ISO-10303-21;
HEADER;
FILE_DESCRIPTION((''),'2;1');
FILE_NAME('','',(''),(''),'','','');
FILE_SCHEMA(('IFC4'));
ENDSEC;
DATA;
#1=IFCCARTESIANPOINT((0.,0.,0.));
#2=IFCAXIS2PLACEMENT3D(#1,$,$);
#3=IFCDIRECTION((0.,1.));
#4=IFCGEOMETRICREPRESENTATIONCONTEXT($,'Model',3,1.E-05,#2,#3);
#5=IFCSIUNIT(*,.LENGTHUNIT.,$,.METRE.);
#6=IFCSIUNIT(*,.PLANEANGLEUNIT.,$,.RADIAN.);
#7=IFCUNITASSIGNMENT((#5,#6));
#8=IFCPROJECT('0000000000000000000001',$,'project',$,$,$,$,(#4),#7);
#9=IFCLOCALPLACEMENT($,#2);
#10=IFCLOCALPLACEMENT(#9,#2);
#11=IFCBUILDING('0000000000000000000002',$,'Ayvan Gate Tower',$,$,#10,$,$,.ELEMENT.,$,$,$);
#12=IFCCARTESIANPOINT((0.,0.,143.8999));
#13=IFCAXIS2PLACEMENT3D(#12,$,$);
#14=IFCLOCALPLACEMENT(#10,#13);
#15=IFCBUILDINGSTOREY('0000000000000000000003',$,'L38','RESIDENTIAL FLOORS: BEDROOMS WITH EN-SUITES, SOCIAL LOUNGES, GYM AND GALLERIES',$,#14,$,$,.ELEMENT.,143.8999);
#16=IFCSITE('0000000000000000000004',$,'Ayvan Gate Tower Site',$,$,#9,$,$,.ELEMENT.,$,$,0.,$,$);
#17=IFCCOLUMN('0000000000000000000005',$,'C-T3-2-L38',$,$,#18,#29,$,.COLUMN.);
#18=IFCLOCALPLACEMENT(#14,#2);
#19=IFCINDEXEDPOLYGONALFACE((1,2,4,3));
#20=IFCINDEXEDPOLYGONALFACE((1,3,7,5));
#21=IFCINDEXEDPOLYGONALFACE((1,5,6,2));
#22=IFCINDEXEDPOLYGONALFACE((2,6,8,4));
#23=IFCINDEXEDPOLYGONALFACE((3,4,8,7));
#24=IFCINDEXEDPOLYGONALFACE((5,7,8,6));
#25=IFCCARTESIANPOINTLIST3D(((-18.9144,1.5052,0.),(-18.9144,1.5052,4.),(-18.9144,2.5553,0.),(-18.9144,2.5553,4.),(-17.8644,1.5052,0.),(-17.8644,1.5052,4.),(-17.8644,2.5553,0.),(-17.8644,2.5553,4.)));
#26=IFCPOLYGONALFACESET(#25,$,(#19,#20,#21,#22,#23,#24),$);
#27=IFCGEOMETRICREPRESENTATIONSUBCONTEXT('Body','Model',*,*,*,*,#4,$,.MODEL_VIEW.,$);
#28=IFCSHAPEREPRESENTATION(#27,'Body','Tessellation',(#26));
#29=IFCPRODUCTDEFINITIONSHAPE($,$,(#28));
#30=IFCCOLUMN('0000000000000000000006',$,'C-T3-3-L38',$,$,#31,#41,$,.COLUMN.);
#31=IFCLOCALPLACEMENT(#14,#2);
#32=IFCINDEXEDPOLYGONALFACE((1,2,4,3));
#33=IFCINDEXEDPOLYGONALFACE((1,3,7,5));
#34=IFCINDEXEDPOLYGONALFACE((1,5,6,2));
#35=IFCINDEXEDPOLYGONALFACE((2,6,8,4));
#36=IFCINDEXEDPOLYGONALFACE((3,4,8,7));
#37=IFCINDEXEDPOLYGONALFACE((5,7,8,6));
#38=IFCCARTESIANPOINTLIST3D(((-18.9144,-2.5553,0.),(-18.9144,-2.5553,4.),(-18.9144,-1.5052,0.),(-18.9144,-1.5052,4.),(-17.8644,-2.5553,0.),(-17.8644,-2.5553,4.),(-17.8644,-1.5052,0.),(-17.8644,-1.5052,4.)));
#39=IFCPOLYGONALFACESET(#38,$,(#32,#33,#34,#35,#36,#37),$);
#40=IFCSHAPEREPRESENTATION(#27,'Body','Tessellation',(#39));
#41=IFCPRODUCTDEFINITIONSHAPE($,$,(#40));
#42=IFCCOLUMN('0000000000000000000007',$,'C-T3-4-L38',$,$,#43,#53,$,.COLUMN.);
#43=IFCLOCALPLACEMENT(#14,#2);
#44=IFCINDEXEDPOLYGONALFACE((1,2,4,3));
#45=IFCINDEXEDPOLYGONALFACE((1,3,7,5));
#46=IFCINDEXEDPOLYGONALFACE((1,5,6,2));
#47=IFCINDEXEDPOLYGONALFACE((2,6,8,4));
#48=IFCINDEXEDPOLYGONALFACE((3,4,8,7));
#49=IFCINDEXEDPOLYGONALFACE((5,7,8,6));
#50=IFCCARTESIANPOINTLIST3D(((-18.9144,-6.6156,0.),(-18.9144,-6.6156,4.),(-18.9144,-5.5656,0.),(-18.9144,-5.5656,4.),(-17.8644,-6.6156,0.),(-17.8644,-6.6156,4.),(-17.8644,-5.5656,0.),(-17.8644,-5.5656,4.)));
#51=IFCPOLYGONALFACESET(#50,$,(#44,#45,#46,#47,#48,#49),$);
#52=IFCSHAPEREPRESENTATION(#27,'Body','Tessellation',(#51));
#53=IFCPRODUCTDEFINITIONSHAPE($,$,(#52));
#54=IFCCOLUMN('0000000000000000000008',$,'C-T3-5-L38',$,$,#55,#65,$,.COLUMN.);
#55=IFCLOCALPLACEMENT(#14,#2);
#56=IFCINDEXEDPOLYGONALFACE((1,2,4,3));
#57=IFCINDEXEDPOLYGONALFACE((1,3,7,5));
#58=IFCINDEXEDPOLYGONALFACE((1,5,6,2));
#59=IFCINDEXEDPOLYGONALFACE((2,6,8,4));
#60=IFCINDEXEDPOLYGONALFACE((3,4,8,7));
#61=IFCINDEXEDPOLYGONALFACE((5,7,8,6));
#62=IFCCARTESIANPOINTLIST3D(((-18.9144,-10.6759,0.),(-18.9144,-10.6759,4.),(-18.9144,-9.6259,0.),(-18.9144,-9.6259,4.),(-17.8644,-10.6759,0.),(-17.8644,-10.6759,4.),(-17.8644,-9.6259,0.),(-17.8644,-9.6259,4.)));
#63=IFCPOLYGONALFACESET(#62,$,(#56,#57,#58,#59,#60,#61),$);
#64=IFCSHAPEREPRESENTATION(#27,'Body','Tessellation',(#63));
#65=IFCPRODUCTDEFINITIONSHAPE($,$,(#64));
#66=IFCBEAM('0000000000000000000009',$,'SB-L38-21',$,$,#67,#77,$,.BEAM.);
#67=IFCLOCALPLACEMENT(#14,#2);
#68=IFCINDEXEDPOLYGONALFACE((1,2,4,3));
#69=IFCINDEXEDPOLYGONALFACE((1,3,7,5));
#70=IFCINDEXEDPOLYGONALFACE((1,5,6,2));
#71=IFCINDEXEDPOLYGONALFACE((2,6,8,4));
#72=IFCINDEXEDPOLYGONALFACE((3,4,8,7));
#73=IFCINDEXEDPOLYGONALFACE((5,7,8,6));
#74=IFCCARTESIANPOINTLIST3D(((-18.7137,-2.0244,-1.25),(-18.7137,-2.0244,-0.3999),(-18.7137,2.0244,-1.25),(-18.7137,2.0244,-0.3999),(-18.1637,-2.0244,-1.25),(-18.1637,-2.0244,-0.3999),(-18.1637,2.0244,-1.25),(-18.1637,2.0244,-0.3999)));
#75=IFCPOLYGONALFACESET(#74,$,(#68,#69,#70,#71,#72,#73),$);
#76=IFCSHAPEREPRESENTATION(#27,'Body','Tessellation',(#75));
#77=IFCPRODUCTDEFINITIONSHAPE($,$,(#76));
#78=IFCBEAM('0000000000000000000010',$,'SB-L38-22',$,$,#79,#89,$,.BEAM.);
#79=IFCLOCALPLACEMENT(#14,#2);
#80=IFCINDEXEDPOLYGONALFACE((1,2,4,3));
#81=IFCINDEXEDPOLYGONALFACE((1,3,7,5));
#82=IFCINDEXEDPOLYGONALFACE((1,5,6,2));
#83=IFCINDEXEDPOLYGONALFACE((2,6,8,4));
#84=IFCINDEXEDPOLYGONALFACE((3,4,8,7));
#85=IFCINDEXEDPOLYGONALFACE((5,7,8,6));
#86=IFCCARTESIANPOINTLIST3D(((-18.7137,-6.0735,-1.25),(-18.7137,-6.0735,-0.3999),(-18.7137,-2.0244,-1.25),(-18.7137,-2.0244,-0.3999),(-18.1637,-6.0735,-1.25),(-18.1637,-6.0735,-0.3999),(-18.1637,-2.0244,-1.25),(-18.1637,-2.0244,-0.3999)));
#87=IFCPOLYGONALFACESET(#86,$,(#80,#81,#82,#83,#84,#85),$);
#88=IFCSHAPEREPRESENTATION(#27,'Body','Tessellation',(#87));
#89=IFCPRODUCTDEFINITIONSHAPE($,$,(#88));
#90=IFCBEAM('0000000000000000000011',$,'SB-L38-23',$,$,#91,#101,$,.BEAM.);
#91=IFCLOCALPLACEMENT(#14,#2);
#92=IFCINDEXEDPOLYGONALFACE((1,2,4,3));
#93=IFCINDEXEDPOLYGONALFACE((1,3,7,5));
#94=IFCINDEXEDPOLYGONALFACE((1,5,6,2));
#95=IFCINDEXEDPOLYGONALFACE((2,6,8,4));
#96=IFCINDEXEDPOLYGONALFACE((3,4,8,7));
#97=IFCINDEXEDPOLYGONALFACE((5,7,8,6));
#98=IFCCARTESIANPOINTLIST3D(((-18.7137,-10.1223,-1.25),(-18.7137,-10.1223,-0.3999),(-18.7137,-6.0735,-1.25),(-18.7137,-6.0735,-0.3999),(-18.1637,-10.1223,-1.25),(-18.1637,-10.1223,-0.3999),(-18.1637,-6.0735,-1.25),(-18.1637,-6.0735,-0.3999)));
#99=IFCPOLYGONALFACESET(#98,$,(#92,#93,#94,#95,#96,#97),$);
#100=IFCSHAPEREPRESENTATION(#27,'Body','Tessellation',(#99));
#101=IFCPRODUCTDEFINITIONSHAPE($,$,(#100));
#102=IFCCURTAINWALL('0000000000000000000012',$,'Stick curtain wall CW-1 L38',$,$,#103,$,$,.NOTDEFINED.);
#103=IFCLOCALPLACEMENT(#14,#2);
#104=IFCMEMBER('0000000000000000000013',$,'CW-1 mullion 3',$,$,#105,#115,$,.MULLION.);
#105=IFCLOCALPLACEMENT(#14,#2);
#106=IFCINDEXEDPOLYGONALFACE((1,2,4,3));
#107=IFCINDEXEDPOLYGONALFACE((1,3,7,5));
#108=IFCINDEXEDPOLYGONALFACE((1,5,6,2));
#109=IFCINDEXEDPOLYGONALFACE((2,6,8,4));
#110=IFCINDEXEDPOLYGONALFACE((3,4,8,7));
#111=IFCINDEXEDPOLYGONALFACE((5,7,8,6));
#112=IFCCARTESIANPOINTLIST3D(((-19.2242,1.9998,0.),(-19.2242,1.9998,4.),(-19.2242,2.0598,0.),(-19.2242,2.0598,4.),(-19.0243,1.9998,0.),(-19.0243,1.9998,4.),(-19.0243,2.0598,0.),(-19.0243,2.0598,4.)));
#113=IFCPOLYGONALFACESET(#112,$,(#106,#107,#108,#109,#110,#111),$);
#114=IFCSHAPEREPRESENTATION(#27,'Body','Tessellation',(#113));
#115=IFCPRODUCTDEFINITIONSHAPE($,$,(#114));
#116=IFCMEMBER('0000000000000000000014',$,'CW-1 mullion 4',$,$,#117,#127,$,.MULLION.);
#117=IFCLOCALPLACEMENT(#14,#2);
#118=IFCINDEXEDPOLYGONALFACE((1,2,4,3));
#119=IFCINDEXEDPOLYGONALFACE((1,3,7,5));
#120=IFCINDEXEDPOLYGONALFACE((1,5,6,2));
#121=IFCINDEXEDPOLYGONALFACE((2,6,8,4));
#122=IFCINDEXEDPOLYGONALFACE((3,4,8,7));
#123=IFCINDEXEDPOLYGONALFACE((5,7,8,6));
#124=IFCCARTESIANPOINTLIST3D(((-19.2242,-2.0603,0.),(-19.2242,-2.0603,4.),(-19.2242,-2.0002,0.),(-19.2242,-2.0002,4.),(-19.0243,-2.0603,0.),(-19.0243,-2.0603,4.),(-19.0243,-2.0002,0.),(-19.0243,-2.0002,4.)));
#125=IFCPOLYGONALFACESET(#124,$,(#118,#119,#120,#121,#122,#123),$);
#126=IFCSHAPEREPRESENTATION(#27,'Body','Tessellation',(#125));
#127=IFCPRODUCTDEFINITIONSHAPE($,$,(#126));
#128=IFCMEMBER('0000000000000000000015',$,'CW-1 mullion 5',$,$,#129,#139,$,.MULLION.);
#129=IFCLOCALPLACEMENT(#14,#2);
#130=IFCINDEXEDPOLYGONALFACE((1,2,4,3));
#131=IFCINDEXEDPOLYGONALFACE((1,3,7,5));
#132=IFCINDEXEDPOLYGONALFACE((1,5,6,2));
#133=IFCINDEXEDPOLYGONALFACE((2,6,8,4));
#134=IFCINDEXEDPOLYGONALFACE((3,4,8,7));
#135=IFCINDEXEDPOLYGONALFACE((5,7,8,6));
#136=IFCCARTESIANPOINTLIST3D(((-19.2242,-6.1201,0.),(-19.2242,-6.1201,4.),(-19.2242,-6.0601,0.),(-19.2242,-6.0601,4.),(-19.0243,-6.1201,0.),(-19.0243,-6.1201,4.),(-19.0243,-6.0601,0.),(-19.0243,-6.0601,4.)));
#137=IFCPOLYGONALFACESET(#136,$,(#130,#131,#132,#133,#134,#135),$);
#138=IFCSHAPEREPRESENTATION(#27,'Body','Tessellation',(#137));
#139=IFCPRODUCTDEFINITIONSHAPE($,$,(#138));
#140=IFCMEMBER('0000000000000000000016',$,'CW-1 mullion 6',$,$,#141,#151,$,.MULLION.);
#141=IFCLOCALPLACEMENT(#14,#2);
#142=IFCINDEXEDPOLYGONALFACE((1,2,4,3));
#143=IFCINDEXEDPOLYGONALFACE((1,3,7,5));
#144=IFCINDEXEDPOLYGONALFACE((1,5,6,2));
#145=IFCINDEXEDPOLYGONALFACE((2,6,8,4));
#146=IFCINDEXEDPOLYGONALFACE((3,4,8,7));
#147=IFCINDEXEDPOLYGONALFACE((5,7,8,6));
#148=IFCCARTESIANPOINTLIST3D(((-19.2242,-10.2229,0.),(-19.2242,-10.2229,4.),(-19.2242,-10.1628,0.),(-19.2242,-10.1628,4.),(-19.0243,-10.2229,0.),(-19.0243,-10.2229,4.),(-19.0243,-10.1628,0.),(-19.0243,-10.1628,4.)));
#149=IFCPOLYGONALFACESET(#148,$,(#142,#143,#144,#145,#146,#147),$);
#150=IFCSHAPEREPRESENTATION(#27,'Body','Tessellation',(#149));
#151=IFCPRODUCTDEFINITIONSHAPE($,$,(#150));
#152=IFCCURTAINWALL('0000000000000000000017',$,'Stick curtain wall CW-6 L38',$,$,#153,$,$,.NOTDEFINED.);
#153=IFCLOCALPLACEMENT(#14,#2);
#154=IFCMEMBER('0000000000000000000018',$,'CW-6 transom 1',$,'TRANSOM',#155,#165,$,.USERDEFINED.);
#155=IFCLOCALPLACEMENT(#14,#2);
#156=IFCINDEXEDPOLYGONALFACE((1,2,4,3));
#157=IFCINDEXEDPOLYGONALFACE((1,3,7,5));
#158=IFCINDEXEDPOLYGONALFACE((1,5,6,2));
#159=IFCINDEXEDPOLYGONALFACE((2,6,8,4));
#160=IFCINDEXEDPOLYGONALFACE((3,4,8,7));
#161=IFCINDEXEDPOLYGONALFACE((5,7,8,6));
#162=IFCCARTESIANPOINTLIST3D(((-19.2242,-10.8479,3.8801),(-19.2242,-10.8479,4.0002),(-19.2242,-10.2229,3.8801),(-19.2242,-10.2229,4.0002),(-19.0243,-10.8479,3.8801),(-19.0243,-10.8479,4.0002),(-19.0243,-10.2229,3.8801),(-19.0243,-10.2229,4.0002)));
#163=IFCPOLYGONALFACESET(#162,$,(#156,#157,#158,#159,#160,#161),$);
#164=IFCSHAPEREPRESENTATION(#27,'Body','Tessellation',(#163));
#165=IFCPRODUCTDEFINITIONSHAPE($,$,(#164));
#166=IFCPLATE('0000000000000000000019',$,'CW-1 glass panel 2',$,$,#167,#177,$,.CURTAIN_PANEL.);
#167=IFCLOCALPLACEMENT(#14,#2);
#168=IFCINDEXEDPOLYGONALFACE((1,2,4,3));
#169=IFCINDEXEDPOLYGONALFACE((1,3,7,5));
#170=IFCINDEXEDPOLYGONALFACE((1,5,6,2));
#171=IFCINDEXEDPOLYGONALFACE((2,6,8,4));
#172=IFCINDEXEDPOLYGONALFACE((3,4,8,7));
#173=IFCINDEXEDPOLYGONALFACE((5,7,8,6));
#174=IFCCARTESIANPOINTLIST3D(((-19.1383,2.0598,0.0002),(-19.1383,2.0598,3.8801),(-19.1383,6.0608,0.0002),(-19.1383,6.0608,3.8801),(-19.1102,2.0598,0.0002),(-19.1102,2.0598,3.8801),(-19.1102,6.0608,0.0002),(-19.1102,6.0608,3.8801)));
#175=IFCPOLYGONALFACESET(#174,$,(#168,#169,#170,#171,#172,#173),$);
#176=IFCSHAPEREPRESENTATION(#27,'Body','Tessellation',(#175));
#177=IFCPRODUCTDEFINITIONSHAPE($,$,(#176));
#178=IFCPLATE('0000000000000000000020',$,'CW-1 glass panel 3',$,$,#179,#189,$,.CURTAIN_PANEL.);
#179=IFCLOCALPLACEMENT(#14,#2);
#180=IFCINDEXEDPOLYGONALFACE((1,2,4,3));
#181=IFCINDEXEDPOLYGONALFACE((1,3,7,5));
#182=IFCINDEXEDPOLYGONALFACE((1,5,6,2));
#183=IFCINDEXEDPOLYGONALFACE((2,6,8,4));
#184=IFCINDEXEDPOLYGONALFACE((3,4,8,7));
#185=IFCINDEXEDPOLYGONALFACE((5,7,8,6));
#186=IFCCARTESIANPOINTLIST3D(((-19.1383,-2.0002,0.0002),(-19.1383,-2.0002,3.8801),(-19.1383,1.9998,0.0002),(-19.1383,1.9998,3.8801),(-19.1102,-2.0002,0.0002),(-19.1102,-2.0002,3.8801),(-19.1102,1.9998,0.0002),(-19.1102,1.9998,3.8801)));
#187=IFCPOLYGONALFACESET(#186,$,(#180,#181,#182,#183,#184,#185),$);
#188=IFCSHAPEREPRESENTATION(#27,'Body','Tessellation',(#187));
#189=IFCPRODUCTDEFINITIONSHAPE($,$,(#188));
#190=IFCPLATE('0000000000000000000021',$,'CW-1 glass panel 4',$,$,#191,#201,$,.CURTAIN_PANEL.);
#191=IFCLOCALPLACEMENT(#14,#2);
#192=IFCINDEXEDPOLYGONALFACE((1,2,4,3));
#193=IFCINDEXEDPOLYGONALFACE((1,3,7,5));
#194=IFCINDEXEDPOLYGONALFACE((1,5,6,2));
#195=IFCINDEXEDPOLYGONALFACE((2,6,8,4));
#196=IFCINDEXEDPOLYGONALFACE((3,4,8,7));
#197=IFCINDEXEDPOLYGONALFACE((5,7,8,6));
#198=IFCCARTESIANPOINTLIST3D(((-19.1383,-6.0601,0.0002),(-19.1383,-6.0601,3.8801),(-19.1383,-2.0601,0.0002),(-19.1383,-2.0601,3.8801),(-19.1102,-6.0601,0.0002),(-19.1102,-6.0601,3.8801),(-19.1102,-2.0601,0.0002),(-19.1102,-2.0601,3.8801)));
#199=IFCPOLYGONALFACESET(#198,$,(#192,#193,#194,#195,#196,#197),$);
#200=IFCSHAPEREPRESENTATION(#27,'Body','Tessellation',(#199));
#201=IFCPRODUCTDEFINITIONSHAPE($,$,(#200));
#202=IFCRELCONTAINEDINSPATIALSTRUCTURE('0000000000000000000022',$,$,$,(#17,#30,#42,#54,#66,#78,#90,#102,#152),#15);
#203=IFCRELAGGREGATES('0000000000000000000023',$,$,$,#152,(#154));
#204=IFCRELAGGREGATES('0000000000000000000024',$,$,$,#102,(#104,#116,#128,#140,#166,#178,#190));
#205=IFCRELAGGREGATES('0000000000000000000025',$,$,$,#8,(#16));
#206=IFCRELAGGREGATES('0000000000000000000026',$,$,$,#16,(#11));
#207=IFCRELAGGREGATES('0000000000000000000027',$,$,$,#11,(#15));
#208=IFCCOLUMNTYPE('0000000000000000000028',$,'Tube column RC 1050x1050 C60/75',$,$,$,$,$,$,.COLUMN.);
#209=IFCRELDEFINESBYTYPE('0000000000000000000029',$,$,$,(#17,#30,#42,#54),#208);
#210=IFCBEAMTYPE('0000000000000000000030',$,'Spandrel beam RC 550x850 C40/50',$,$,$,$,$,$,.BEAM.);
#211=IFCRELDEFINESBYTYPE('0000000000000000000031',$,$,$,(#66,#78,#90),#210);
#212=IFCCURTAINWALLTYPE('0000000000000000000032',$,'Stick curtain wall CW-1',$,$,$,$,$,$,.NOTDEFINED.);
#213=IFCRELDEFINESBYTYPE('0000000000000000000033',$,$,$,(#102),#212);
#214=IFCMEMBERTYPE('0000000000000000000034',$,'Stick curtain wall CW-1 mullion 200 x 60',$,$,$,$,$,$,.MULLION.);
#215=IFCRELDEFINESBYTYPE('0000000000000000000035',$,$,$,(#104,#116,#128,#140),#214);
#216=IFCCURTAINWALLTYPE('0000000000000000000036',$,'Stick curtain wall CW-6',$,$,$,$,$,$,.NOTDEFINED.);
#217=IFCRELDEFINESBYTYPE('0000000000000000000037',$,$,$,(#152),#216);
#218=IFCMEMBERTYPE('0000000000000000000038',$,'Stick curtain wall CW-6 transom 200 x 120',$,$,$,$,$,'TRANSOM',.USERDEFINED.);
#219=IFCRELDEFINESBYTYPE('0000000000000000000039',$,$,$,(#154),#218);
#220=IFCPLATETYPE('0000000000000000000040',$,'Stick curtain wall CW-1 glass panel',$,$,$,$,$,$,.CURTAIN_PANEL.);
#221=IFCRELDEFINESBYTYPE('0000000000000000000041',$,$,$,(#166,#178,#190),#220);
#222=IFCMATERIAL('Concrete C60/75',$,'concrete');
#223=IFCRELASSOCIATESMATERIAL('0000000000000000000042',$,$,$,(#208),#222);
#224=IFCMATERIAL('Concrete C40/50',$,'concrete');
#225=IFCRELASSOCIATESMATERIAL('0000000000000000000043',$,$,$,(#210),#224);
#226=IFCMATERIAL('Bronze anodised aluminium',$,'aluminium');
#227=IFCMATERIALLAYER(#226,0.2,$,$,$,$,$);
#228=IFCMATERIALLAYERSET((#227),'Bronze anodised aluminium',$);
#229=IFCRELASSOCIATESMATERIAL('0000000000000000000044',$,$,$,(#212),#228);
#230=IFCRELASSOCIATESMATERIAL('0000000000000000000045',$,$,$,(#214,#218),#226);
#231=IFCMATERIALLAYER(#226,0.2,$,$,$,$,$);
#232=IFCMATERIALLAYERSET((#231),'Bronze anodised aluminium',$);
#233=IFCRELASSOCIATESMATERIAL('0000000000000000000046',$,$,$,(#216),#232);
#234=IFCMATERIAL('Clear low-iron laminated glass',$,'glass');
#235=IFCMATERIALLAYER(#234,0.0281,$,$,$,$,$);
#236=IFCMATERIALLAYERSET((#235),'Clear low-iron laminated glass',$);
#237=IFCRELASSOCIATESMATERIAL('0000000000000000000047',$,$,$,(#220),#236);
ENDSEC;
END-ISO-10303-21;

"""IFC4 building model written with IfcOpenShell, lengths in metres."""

from ifc_helpers import new_model, si_unit, direction, frame, origin, origin_2d, place, context, subcontext, project, spatial, rectangle, extrude, material, layer, layer_set, material_profile, profile_set, type_object, element, aggregate, save


model = new_model("IFC4")

# Units and contexts
model_context = context("Model", 3, precision=1e-05, world=origin(), true_north=direction((0.0, 1.0)))
body_context = subcontext(model_context, "Body", "Model", "MODEL_VIEW")
ifc_project = project(units=[si_unit("LENGTHUNIT", "METRE"), si_unit("PLANEANGLEUNIT", "RADIAN")], contexts=[model_context])

# Site, building, storey
site_placement = place(None, origin())
site = spatial("IfcSite", under=ifc_project, at=site_placement, Name="Ayvan Gate Tower Site", CompositionType="ELEMENT", RefElevation=0.0)
building_placement = place(site_placement, origin())
building = spatial("IfcBuilding", under=site, at=building_placement, Name="Ayvan Gate Tower", CompositionType="ELEMENT")
storey_placement = place(building_placement, frame((0.0, 0.0, 143.8999)))
storey = spatial("IfcBuildingStorey", under=building, at=storey_placement, Name="L38", Description="RESIDENTIAL FLOORS: BEDROOMS WITH EN-SUITES, SOCIAL LOUNGES, GYM AND GALLERIES", CompositionType="ELEMENT", Elevation=143.8999)

# Columns
ifc_material_1 = material(Name="Concrete C60/75", Category="concrete")
ifc_material_profile_1 = material_profile(ifc_material_1, rectangle(XDim=1.05, YDim=1.05, at=origin_2d()), Name="RC 1050x1050")
ifc_profile_set_1 = profile_set([ifc_material_profile_1], Name="Concrete C60/75")
column_type = type_object("IfcColumnType", Name="Tube column RC 1050x1050 C60/75", PredefinedType="COLUMN", material=ifc_profile_set_1)
for number, where, z_axis, x_axis, name in (
    (1, (-18.3894, 2.0303, 0.0), (0.0, 0.0, 1.0), (-1.0, 0.0, 0.0), "C-T3-2-L38"),
    (2, (-18.3894, -2.0303, 0.0), (0.0, 0.0, 1.0), (-1.0, 0.0, 0.0), "C-T3-3-L38"),
    (3, (-18.3894, -6.0906, 0.0), (0.0, 0.0, 1.0), (-1.0, 0.0, 0.0), "C-T3-4-L38"),
    (4, (-18.3894, -10.1509, 0.0), (0.0, 0.0, 1.0), (-1.0, 0.0, 0.0), "C-T3-5-L38"),
):
    element("IfcColumn", number, at=place(storey_placement, frame(where, z_axis=z_axis, x_axis=x_axis)), inside=storey, type_object=column_type, Name=name, PredefinedType="COLUMN", context=body_context, shape_type="SweptSolid", body=[
        extrude(rectangle(XDim=1.05, YDim=1.05, at=origin_2d()), origin(), (0.0, 0.0, 1.0), 4.0),
    ])

# Beams
ifc_material_2 = material(Name="Concrete C40/50", Category="concrete")
ifc_material_profile_2 = material_profile(ifc_material_2, rectangle(XDim=0.55, YDim=0.8501, at=origin_2d()), Name="RC 550x850")
ifc_profile_set_2 = profile_set([ifc_material_profile_2], Name="Concrete C40/50")
beam_type = type_object("IfcBeamType", Name="Spandrel beam RC 550x850 C40/50", PredefinedType="BEAM", material=ifc_profile_set_2)
beam_1_placement = place(storey_placement, frame((-18.4387, 2.0244, -0.825), z_axis=(0.0, -1.0, 0.0), x_axis=(1.0, 0.0, 0.0)))
element("IfcBeam", 5, at=beam_1_placement, inside=storey, type_object=beam_type, Name="SB-L38-21", PredefinedType="BEAM", context=body_context, shape_type="SweptSolid", body=[
    extrude(rectangle(XDim=0.55, YDim=0.8501, at=origin_2d()), origin(), (0.0, 0.0, 1.0), 4.0488),
])
beam_2_placement = place(storey_placement, frame((-18.4387, -2.0244, -0.825), z_axis=(0.0, -1.0, 0.0), x_axis=(1.0, 0.0, 0.0)))
element("IfcBeam", 6, at=beam_2_placement, inside=storey, type_object=beam_type, Name="SB-L38-22", PredefinedType="BEAM", context=body_context, shape_type="SweptSolid", body=[
    extrude(rectangle(XDim=0.55, YDim=0.8501, at=origin_2d()), origin(), (0.0, 0.0, 1.0), 4.0491),
])
beam_3_placement = place(storey_placement, frame((-18.4387, -6.0735, -0.825), z_axis=(0.0, -1.0, 0.0), x_axis=(1.0, 0.0, 0.0)))
element("IfcBeam", 7, at=beam_3_placement, inside=storey, type_object=beam_type, Name="SB-L38-23", PredefinedType="BEAM", context=body_context, shape_type="SweptSolid", body=[
    extrude(rectangle(XDim=0.55, YDim=0.8501, at=origin_2d()), origin(), (0.0, 0.0, 1.0), 4.0488),
])

# Curtain wall, members
ifc_material_3 = material(Name="Bronze anodised aluminium", Category="aluminium")
ifc_layer_1 = layer(ifc_material_3, 0.2)
ifc_layer_set_1 = layer_set([ifc_layer_1], Name="Bronze anodised aluminium")
curtain_wall_type_1 = type_object("IfcCurtainWallType", Name="Stick curtain wall CW-1", PredefinedType="NOTDEFINED", material=ifc_layer_set_1)
curtain_wall_1_placement = place(storey_placement, origin())
curtain_wall_1 = element("IfcCurtainWall", 8, at=curtain_wall_1_placement, inside=storey, type_object=curtain_wall_type_1, Name="Stick curtain wall CW-1 L38", PredefinedType="NOTDEFINED")
ifc_material_profile_3 = material_profile(ifc_material_3, rectangle(XDim=0.2, YDim=0.0601, at=origin_2d()), Name="Stick curtain wall CW-1 mullion 200 x 60")
ifc_profile_set_3 = profile_set([ifc_material_profile_3], Name="Bronze anodised aluminium")
member_type_1 = type_object("IfcMemberType", Name="Stick curtain wall CW-1 mullion 200 x 60", PredefinedType="MULLION", material=ifc_profile_set_3)
member_1_placement = place(storey_placement, frame((-19.1243, 2.0298, 0.0), z_axis=(0.0, 0.0, 1.0), x_axis=(-1.0, 0.0, 0.0)))
member_1 = element("IfcMember", 9, at=member_1_placement, type_object=member_type_1, Name="CW-1 mullion 3", PredefinedType="MULLION", context=body_context, shape_type="SweptSolid", body=[
    extrude(rectangle(XDim=0.2, YDim=0.0601, at=origin_2d()), origin(), (0.0, 0.0, 1.0), 4.0),
])
member_2_placement = place(storey_placement, frame((-19.1243, -2.0303, 0.0), z_axis=(0.0, 0.0, 1.0), x_axis=(-1.0, 0.0, 0.0)))
member_2 = element("IfcMember", 10, at=member_2_placement, type_object=member_type_1, Name="CW-1 mullion 4", PredefinedType="MULLION", context=body_context, shape_type="SweptSolid", body=[
    extrude(rectangle(XDim=0.2, YDim=0.0601, at=origin_2d()), origin(), (0.0, 0.0, 1.0), 4.0),
])
member_3_placement = place(storey_placement, frame((-19.1243, -6.0901, 0.0), z_axis=(0.0, 0.0, 1.0), x_axis=(-1.0, 0.0, 0.0)))
member_3 = element("IfcMember", 11, at=member_3_placement, type_object=member_type_1, Name="CW-1 mullion 5", PredefinedType="MULLION", context=body_context, shape_type="SweptSolid", body=[
    extrude(rectangle(XDim=0.2, YDim=0.0601, at=origin_2d()), origin(), (0.0, 0.0, 1.0), 4.0),
])
member_4_placement = place(storey_placement, frame((-19.1243, -10.1929, 0.0), z_axis=(0.0, 0.0, 1.0), x_axis=(-1.0, 0.0, 0.0)))
member_4 = element("IfcMember", 12, at=member_4_placement, type_object=member_type_1, Name="CW-1 mullion 6", PredefinedType="MULLION", context=body_context, shape_type="SweptSolid", body=[
    extrude(rectangle(XDim=0.2, YDim=0.0601, at=origin_2d()), origin(), (0.0, 0.0, 1.0), 4.0),
])

# Curtain wall, member
ifc_layer_2 = layer(ifc_material_3, 0.2)
ifc_layer_set_2 = layer_set([ifc_layer_2], Name="Bronze anodised aluminium")
curtain_wall_type_2 = type_object("IfcCurtainWallType", Name="Stick curtain wall CW-6", PredefinedType="NOTDEFINED", material=ifc_layer_set_2)
curtain_wall_2_placement = place(storey_placement, origin())
curtain_wall_2 = element("IfcCurtainWall", 13, at=curtain_wall_2_placement, inside=storey, type_object=curtain_wall_type_2, Name="Stick curtain wall CW-6 L38", PredefinedType="NOTDEFINED")
ifc_material_profile_4 = material_profile(ifc_material_3, rectangle(XDim=0.2, YDim=0.1201, at=origin_2d()), Name="Stick curtain wall CW-6 transom 200 x 120")
ifc_profile_set_4 = profile_set([ifc_material_profile_4], Name="Bronze anodised aluminium")
member_type_2 = type_object("IfcMemberType", Name="Stick curtain wall CW-6 transom 200 x 120", ElementType="TRANSOM", PredefinedType="USERDEFINED", material=ifc_profile_set_4)
member_5_placement = place(storey_placement, frame((-19.1243, -10.2229, 3.9402), z_axis=(0.0, -1.0, 0.0), x_axis=(1.0, 0.0, 0.0)))
member_5 = element("IfcMember", 14, at=member_5_placement, type_object=member_type_2, Name="CW-6 transom 1", ObjectType="TRANSOM", PredefinedType="USERDEFINED", context=body_context, shape_type="SweptSolid", body=[
    extrude(rectangle(XDim=0.2, YDim=0.1201, at=origin_2d()), origin(), (0.0, 0.0, 1.0), 0.625),
])
aggregate(curtain_wall_2, [member_5])

# Plates
ifc_material_4 = material(Name="Clear low-iron laminated glass", Category="glass")
ifc_layer_3 = layer(ifc_material_4, 0.0281)
ifc_layer_set_3 = layer_set([ifc_layer_3], Name="Clear low-iron laminated glass")
plate_type = type_object("IfcPlateType", Name="Stick curtain wall CW-1 glass panel", PredefinedType="CURTAIN_PANEL", material=ifc_layer_set_3)
plate_1_placement = place(storey_placement, frame((-19.1243, 4.0603, 0.0002), z_axis=(0.0, 0.0, 1.0), x_axis=(0.0, -1.0, 0.0)))
plate_1 = element("IfcPlate", 15, at=plate_1_placement, type_object=plate_type, Name="CW-1 glass panel 2", PredefinedType="CURTAIN_PANEL", context=body_context, shape_type="SweptSolid", body=[
    extrude(rectangle(XDim=4.001, YDim=0.0281, at=origin_2d()), origin(), (0.0, 0.0, 1.0), 3.8799),
])
plate_2_placement = place(storey_placement, frame((-19.1243, -0.0002, 0.0002), z_axis=(0.0, 0.0, 1.0), x_axis=(0.0, -1.0, 0.0)))
plate_2 = element("IfcPlate", 16, at=plate_2_placement, type_object=plate_type, Name="CW-1 glass panel 3", PredefinedType="CURTAIN_PANEL", context=body_context, shape_type="SweptSolid", body=[
    extrude(rectangle(XDim=4.0, YDim=0.0281, at=origin_2d()), origin(), (0.0, 0.0, 1.0), 3.8799),
])
plate_3_placement = place(storey_placement, frame((-19.1243, -4.0601, 0.0002), z_axis=(0.0, 0.0, 1.0), x_axis=(0.0, -1.0, 0.0)))
plate_3 = element("IfcPlate", 17, at=plate_3_placement, type_object=plate_type, Name="CW-1 glass panel 4", PredefinedType="CURTAIN_PANEL", context=body_context, shape_type="SweptSolid", body=[
    extrude(rectangle(XDim=4.0, YDim=0.0281, at=origin_2d()), origin(), (0.0, 0.0, 1.0), 3.8799),
])
aggregate(curtain_wall_1, [member_1, member_2, member_3, member_4, plate_1, plate_2, plate_3])

save(model, "model.ifc")
